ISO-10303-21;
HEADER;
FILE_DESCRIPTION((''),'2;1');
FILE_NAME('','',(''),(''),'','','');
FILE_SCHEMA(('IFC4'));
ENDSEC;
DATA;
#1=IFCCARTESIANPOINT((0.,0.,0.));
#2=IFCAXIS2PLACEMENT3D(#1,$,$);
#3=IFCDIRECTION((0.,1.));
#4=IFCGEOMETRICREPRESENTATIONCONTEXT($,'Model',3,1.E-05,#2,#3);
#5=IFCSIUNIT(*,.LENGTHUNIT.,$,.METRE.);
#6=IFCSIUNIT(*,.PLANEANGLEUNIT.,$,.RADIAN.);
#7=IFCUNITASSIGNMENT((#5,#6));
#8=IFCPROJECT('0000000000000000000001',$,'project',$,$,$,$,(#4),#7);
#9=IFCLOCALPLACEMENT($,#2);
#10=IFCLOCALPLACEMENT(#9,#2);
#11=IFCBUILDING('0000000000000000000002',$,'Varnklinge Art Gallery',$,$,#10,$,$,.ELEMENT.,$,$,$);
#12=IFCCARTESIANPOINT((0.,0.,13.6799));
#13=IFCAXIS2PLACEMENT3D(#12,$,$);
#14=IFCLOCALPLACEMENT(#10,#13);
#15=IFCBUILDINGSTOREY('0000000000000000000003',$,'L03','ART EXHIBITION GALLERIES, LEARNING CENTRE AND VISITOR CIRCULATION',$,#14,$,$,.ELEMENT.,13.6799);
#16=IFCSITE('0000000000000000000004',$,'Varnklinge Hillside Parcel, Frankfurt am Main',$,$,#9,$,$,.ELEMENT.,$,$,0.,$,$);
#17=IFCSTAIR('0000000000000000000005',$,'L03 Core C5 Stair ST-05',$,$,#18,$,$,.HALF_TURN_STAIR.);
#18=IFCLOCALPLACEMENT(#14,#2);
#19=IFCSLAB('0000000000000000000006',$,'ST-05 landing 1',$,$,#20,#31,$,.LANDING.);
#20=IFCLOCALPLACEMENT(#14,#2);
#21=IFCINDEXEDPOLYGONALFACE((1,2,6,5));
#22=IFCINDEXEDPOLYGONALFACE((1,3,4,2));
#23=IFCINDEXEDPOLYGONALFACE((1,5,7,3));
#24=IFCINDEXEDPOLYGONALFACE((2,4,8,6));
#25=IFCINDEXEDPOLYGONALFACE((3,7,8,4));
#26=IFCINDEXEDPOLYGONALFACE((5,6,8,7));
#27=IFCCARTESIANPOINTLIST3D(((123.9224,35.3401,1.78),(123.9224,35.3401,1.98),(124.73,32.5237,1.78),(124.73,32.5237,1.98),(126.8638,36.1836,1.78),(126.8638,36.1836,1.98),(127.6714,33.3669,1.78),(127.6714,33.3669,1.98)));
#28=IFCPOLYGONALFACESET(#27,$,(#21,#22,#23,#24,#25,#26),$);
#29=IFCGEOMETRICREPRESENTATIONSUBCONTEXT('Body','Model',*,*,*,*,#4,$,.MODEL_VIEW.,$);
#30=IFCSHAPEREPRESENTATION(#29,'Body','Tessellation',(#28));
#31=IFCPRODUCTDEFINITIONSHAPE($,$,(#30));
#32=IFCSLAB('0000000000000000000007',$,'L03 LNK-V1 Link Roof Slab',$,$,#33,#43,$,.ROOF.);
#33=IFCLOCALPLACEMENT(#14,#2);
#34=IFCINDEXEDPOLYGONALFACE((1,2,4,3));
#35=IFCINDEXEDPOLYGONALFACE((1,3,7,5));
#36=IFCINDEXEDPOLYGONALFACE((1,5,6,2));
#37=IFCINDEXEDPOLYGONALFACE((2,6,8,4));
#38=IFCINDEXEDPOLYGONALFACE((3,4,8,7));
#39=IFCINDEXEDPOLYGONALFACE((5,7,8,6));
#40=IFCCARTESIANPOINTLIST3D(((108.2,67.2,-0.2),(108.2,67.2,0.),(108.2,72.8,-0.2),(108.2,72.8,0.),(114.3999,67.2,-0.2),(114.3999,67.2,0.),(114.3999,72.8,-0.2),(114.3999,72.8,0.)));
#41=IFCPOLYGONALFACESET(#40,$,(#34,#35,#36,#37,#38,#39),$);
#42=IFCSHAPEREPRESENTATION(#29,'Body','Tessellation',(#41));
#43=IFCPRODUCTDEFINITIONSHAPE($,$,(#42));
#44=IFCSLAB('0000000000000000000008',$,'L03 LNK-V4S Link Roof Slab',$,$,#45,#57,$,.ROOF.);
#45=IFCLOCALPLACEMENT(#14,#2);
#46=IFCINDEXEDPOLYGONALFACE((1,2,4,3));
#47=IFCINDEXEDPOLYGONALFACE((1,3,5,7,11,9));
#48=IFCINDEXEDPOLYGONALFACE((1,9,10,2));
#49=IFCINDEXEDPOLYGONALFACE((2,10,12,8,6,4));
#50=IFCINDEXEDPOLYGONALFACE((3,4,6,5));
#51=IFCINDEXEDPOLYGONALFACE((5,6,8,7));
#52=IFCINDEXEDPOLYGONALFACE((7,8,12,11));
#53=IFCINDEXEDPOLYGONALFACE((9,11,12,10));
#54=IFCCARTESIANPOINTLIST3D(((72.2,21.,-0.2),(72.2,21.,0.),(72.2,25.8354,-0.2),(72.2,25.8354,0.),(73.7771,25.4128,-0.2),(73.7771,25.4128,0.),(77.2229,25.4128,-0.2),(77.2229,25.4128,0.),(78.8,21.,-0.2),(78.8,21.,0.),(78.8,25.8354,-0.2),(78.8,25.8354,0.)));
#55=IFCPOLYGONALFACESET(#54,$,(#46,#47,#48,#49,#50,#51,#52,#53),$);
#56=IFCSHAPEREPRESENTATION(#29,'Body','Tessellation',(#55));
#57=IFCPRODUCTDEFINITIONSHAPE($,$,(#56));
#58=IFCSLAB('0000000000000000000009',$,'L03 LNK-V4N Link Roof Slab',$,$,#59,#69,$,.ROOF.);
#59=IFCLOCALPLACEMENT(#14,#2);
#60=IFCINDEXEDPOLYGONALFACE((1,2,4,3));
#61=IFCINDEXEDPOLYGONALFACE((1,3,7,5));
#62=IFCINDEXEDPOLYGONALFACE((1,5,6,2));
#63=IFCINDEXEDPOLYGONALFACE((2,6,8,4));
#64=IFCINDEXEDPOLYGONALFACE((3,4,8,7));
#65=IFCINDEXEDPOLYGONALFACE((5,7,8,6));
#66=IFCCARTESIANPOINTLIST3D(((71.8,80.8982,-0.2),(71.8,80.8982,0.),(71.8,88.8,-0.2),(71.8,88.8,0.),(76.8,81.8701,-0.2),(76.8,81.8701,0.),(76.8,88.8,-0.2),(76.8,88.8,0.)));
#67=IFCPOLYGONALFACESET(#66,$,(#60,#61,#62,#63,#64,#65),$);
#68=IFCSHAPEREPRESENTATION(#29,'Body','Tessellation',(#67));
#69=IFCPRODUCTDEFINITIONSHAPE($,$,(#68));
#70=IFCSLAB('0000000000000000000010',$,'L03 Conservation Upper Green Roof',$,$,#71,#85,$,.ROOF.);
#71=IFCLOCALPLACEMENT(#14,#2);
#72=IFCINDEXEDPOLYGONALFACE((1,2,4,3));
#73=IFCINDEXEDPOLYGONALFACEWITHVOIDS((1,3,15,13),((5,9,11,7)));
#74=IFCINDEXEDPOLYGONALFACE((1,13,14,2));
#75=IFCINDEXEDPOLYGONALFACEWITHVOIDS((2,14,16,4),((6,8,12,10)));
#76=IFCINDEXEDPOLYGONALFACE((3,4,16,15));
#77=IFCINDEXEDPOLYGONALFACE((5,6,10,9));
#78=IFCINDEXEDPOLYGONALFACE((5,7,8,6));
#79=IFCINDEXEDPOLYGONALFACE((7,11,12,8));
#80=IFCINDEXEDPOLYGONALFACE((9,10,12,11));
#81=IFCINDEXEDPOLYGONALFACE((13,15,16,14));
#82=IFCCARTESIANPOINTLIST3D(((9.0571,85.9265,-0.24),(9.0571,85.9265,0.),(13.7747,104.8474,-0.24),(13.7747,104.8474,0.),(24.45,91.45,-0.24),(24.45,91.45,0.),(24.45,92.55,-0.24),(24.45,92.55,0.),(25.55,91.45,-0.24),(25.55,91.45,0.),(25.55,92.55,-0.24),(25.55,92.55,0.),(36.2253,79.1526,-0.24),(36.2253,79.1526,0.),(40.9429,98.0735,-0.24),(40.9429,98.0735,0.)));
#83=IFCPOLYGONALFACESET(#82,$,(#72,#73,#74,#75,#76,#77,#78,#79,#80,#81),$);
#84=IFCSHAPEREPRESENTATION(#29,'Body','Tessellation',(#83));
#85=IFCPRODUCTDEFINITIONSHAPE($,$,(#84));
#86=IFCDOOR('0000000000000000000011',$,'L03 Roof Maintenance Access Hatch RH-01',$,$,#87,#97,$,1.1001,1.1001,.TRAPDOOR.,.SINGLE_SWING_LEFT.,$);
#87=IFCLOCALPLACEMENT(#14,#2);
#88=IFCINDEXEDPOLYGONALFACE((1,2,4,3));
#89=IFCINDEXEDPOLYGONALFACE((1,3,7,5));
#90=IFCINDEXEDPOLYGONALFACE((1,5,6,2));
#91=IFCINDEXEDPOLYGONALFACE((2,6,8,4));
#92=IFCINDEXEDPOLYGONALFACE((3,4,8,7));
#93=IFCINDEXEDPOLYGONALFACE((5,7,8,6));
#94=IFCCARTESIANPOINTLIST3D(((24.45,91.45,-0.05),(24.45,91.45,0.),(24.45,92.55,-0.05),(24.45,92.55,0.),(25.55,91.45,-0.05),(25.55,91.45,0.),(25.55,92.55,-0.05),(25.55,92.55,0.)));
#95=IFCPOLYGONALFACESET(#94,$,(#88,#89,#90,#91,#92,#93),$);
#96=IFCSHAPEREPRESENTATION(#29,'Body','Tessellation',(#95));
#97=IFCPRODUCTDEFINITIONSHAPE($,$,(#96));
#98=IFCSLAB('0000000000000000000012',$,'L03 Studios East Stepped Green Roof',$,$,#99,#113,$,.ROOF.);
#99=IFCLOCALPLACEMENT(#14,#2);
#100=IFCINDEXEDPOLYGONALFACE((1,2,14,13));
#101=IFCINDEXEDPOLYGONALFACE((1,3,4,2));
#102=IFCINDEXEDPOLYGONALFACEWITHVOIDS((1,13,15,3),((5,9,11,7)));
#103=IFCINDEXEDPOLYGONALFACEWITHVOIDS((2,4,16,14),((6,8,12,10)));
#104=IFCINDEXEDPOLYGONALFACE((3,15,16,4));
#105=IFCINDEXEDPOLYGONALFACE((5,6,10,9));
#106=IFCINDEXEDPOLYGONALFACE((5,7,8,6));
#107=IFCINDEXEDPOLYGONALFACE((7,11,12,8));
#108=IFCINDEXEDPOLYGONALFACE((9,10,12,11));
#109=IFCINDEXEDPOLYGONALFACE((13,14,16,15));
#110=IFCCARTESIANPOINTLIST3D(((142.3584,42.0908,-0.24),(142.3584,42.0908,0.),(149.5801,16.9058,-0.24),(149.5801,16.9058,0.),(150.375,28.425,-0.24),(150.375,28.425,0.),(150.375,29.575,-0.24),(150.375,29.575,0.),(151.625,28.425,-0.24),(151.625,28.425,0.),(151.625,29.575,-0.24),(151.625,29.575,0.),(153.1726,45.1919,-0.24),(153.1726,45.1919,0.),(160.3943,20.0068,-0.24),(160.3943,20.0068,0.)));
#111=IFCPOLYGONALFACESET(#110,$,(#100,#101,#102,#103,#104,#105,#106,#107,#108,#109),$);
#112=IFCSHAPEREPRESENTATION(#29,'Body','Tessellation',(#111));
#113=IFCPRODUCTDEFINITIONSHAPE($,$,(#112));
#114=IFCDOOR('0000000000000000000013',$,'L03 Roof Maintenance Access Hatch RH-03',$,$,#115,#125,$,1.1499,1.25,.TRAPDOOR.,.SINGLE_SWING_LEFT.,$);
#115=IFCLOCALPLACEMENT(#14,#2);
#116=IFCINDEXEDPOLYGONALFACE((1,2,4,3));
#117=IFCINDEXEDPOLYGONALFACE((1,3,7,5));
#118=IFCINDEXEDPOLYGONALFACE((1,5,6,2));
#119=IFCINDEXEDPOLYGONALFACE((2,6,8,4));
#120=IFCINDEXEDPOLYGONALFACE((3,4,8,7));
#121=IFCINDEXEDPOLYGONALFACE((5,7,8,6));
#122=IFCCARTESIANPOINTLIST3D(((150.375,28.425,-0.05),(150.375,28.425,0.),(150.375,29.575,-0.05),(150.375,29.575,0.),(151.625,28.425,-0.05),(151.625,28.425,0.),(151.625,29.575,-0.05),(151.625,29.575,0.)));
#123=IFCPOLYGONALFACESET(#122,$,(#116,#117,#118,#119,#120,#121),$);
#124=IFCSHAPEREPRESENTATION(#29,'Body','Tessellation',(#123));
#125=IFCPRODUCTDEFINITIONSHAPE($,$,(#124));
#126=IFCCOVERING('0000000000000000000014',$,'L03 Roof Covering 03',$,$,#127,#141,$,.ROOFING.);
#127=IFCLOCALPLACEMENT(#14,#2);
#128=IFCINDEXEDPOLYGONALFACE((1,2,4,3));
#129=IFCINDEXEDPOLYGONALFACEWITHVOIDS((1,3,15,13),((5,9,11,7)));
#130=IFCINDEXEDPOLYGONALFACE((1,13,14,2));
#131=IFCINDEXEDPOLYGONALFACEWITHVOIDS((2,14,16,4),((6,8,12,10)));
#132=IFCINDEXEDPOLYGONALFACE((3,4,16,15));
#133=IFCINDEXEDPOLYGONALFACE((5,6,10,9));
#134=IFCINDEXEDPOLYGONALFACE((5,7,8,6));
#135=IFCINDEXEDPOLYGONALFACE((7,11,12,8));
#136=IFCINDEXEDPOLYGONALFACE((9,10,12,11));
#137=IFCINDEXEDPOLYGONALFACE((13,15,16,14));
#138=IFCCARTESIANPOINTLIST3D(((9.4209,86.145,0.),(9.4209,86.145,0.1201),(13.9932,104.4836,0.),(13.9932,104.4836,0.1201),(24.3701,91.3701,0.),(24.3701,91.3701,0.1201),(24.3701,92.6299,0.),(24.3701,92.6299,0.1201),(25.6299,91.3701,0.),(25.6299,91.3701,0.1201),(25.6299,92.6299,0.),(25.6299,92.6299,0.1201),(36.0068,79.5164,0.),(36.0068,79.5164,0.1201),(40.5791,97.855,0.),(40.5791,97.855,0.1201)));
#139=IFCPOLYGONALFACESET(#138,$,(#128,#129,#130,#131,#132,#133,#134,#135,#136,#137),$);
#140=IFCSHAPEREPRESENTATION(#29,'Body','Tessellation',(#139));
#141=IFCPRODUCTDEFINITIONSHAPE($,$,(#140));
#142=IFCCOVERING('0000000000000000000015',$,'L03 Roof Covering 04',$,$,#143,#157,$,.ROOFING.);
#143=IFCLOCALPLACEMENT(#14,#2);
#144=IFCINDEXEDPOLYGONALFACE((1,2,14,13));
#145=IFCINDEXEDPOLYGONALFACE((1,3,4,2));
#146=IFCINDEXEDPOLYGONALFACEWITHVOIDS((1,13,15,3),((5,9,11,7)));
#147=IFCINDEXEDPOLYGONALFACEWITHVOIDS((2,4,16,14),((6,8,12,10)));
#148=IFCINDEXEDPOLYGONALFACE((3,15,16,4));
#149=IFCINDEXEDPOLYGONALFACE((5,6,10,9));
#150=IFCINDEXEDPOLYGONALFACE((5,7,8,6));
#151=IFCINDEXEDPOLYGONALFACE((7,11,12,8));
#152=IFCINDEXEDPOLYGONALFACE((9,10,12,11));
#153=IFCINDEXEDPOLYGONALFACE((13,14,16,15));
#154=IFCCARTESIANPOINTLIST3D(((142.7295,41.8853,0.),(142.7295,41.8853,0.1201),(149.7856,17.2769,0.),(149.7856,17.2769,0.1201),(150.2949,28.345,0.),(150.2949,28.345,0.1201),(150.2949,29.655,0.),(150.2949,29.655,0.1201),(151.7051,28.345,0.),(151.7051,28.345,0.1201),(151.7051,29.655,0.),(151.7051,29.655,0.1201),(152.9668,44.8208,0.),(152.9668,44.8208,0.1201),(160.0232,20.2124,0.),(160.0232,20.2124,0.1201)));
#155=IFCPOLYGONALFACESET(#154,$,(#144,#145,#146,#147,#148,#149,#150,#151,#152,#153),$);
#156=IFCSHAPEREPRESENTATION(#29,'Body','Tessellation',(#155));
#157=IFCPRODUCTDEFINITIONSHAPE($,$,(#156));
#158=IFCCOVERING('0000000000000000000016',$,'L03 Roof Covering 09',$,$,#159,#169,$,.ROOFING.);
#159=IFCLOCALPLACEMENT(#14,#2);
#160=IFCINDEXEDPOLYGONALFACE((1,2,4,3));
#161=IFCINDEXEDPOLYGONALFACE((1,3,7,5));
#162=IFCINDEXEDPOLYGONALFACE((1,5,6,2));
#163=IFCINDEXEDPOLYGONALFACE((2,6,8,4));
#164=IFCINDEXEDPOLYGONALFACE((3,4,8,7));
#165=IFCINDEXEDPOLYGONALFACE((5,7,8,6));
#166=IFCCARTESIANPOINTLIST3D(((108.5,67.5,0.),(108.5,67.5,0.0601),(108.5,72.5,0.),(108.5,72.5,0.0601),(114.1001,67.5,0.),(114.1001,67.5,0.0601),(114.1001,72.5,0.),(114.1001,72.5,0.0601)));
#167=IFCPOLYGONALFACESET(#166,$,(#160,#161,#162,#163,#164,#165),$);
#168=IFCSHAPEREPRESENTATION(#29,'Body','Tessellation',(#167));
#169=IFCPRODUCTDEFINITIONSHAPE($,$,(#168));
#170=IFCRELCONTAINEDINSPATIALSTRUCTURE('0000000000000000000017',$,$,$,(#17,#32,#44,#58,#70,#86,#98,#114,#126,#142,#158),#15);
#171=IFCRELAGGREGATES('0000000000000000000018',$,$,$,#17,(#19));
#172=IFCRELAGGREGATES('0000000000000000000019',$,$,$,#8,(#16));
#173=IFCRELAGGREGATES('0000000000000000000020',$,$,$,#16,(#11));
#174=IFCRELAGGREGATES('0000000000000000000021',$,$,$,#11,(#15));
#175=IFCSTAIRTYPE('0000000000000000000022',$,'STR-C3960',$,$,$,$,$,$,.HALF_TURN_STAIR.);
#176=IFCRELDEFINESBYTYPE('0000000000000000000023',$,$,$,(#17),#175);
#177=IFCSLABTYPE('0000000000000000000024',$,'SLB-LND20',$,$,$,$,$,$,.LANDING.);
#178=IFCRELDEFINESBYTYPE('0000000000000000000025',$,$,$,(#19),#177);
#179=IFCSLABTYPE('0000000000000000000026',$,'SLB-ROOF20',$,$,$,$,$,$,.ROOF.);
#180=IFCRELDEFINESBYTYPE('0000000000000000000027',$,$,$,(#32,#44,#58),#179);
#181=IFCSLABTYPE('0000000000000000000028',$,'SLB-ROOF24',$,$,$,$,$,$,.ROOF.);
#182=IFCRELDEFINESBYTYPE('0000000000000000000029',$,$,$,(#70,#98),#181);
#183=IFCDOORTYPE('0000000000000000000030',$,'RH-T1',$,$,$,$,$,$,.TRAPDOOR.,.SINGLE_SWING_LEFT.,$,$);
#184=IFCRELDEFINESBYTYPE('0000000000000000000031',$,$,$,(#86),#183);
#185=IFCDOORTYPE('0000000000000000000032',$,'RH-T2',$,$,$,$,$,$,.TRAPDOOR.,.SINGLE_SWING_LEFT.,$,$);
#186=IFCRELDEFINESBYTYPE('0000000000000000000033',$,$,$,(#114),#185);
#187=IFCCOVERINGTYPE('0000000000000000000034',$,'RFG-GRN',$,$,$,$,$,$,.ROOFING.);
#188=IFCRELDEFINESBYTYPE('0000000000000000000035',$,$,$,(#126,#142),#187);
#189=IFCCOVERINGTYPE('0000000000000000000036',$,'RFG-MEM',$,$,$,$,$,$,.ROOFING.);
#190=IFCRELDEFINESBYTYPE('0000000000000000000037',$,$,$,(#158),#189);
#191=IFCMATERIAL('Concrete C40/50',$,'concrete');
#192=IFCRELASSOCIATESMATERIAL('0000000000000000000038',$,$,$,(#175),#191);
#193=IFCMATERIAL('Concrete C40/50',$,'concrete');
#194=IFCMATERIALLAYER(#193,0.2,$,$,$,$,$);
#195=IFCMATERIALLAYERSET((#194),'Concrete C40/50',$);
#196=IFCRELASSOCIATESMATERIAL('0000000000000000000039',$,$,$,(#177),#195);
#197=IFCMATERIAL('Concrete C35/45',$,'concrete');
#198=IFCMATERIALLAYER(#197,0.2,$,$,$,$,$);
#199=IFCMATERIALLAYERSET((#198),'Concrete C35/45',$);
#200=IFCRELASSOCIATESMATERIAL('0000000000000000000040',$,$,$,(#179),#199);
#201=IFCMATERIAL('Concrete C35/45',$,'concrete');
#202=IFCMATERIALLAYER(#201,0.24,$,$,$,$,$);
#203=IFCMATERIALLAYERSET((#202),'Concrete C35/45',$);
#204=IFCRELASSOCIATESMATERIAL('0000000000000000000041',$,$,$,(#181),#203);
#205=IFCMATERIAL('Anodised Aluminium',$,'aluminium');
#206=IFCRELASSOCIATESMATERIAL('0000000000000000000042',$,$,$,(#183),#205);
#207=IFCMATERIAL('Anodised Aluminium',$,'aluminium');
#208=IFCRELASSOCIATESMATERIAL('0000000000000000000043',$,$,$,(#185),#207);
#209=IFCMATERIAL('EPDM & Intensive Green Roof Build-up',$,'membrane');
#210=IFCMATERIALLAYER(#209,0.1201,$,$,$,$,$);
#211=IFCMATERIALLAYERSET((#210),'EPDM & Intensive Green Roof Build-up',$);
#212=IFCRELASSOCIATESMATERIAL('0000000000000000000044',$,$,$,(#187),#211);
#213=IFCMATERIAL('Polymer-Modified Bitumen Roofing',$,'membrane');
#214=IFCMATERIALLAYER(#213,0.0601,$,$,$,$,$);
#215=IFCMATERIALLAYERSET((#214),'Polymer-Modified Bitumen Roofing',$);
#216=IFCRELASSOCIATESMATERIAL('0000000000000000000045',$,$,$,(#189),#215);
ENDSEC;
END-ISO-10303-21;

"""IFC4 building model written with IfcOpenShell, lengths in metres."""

from ifc_helpers import new_model, si_unit, direction, frame, origin, origin_2d, place, context, subcontext, project, spatial, polyline, rectangle, outline, extrude, material, layer, layer_set, type_object, element, fill, aggregate, save


model = new_model("IFC4")

# Units and contexts
model_context = context("Model", 3, precision=1e-05, world=origin(), true_north=direction((0.0, 1.0)))
body_context = subcontext(model_context, "Body", "Model", "MODEL_VIEW")
ifc_project = project(units=[si_unit("LENGTHUNIT", "METRE"), si_unit("PLANEANGLEUNIT", "RADIAN")], contexts=[model_context])

# Site, building, storey
site_placement = place(None, origin())
site = spatial("IfcSite", under=ifc_project, at=site_placement, Name="Varnklinge Hillside Parcel, Frankfurt am Main", CompositionType="ELEMENT", RefElevation=0.0)
building_placement = place(site_placement, origin())
building = spatial("IfcBuilding", under=site, at=building_placement, Name="Varnklinge Art Gallery", CompositionType="ELEMENT")
storey_placement = place(building_placement, frame((0.0, 0.0, 13.6799)))
storey = spatial("IfcBuildingStorey", under=building, at=storey_placement, Name="L03", Description="ART EXHIBITION GALLERIES, LEARNING CENTRE AND VISITOR CIRCULATION", CompositionType="ELEMENT", Elevation=13.6799)

# Stair, slab
ifc_material_1 = material(Name="Concrete C40/50", Category="concrete")
stair_type = type_object("IfcStairType", Name="STR-C3960", PredefinedType="HALF_TURN_STAIR", material=ifc_material_1)
ifc_material_2 = material(Name="Concrete C40/50", Category="concrete")
ifc_layer_1 = layer(ifc_material_2, 0.2)
ifc_layer_set_1 = layer_set([ifc_layer_1], Name="Concrete C40/50")
slab_type_1 = type_object("IfcSlabType", Name="SLB-LND20", PredefinedType="LANDING", material=ifc_layer_set_1)
stair_1_placement = place(storey_placement, origin())
stair_1 = element("IfcStair", 1, at=stair_1_placement, inside=storey, type_object=stair_type, Name="L03 Core C5 Stair ST-05", PredefinedType="HALF_TURN_STAIR")
slab_1_placement = place(storey_placement, frame((0.0, 0.0, 1.78)))
slab_1 = element("IfcSlab", 2, at=slab_1_placement, type_object=slab_type_1, Name="ST-05 landing 1", PredefinedType="LANDING", context=body_context, shape_type="SweptSolid", body=[
    extrude(outline(polyline([(127.6714, 33.3669), (126.8638, 36.1836), (123.9224, 35.3401), (124.73, 32.5237), (127.6714, 33.3669)])), origin(), (0.0, 0.0, 1.0), 0.2),
])
aggregate(stair_1, [slab_1])

# Slabs
ifc_material_3 = material(Name="Concrete C35/45", Category="concrete")
ifc_layer_2 = layer(ifc_material_3, 0.2)
ifc_layer_set_2 = layer_set([ifc_layer_2], Name="Concrete C35/45")
slab_type_2 = type_object("IfcSlabType", Name="SLB-ROOF20", PredefinedType="ROOF", material=ifc_layer_set_2)
slab_2_placement = place(storey_placement, frame((0.0, 0.0, -0.2)))
element("IfcSlab", 3, at=slab_2_placement, inside=storey, type_object=slab_type_2, Name="L03 LNK-V1 Link Roof Slab", PredefinedType="ROOF", context=body_context, shape_type="SweptSolid", body=[
    extrude(outline(polyline([(114.3999, 72.8), (108.2, 72.8), (108.2, 67.2), (114.3999, 67.2), (114.3999, 72.8)])), origin(), (0.0, 0.0, 1.0), 0.2),
])
slab_3_placement = place(storey_placement, frame((0.0, 0.0, -0.2)))
element("IfcSlab", 4, at=slab_3_placement, inside=storey, type_object=slab_type_2, Name="L03 LNK-V4S Link Roof Slab", PredefinedType="ROOF", context=body_context, shape_type="SweptSolid", body=[
    extrude(outline(polyline([(78.8, 25.8354), (77.2229, 25.4128), (73.7771, 25.4128), (72.2, 25.8354), (72.2, 21.0), (78.8, 21.0), (78.8, 25.8354)])), origin(), (0.0, 0.0, 1.0), 0.2),
])
slab_4_placement = place(storey_placement, frame((0.0, 0.0, -0.2)))
element("IfcSlab", 5, at=slab_4_placement, inside=storey, type_object=slab_type_2, Name="L03 LNK-V4N Link Roof Slab", PredefinedType="ROOF", context=body_context, shape_type="SweptSolid", body=[
    extrude(outline(polyline([(71.8, 80.8982), (76.8, 81.8701), (76.8, 88.8), (71.8, 88.8), (71.8, 80.8982)])), origin(), (0.0, 0.0, 1.0), 0.2),
])

# Slabs, openings, doors
ifc_material_4 = material(Name="Concrete C35/45", Category="concrete")
ifc_layer_3 = layer(ifc_material_4, 0.24)
ifc_layer_set_3 = layer_set([ifc_layer_3], Name="Concrete C35/45")
slab_type_3 = type_object("IfcSlabType", Name="SLB-ROOF24", PredefinedType="ROOF", material=ifc_layer_set_3)
slab_5_placement = place(storey_placement, frame((0.0, 0.0, -0.24)))
slab_5 = element("IfcSlab", 6, at=slab_5_placement, inside=storey, type_object=slab_type_3, Name="L03 Conservation Upper Green Roof", PredefinedType="ROOF", context=body_context, shape_type="SweptSolid", body=[
    extrude(outline(polyline([(9.0571, 85.9265), (36.2253, 79.1526), (40.9429, 98.0735), (13.7747, 104.8474), (9.0571, 85.9265)]), holes=[polyline([(24.45, 91.45), (24.45, 92.55), (25.55, 92.55), (25.55, 91.45), (24.45, 91.45)])]), origin(), (0.0, 0.0, 1.0), 0.24),
])
opening_1_placement = place(slab_5_placement, frame((25.0, 92.0, 0.0)))
opening_1 = element("IfcOpeningElement", 7, at=opening_1_placement, cuts=slab_5, PredefinedType="OPENING", context=body_context, shape_type="SweptSolid", body=[
    extrude(rectangle(XDim=1.1001, YDim=1.1001, at=origin_2d()), origin(), (0.0, 0.0, 1.0), 0.24),
])
ifc_material_5 = material(Name="Anodised Aluminium", Category="aluminium")
door_type_1 = type_object("IfcDoorType", Name="RH-T1", OperationType="SINGLE_SWING_LEFT", PredefinedType="TRAPDOOR", material=ifc_material_5)
door_1_placement = place(opening_1_placement, frame((0.0, 0.0, 0.1899)))
door_1 = element("IfcDoor", 8, at=door_1_placement, inside=storey, type_object=door_type_1, Name="L03 Roof Maintenance Access Hatch RH-01", OperationType="SINGLE_SWING_LEFT", OverallHeight=1.1001, OverallWidth=1.1001, PredefinedType="TRAPDOOR", context=body_context, shape_type="SweptSolid", body=[
    extrude(rectangle(XDim=1.1001, YDim=1.1001, at=origin_2d()), origin(), (0.0, 0.0, 1.0), 0.05),
])
fill(opening_1, door_1)
slab_6_placement = place(storey_placement, frame((0.0, 0.0, -0.24)))
slab_6 = element("IfcSlab", 9, at=slab_6_placement, inside=storey, type_object=slab_type_3, Name="L03 Studios East Stepped Green Roof", PredefinedType="ROOF", context=body_context, shape_type="SweptSolid", body=[
    extrude(outline(polyline([(149.5801, 16.9058), (160.3943, 20.0068), (153.1726, 45.1919), (142.3584, 42.0908), (149.5801, 16.9058)]), holes=[polyline([(150.375, 28.425), (150.375, 29.575), (151.625, 29.575), (151.625, 28.425), (150.375, 28.425)])]), origin(), (0.0, 0.0, 1.0), 0.24),
])
opening_2_placement = place(slab_6_placement, frame((151.0, 29.0, 0.0)))
opening_2 = element("IfcOpeningElement", 10, at=opening_2_placement, cuts=slab_6, PredefinedType="OPENING", context=body_context, shape_type="SweptSolid", body=[
    extrude(rectangle(XDim=1.25, YDim=1.1499, at=origin_2d()), origin(), (0.0, 0.0, 1.0), 0.24),
])
ifc_material_6 = material(Name="Anodised Aluminium", Category="aluminium")
door_type_2 = type_object("IfcDoorType", Name="RH-T2", OperationType="SINGLE_SWING_LEFT", PredefinedType="TRAPDOOR", material=ifc_material_6)
door_2_placement = place(opening_2_placement, frame((0.0, 0.0, 0.1899)))
door_2 = element("IfcDoor", 11, at=door_2_placement, inside=storey, type_object=door_type_2, Name="L03 Roof Maintenance Access Hatch RH-03", OperationType="SINGLE_SWING_LEFT", OverallHeight=1.1499, OverallWidth=1.25, PredefinedType="TRAPDOOR", context=body_context, shape_type="SweptSolid", body=[
    extrude(rectangle(XDim=1.25, YDim=1.1499, at=origin_2d()), origin(), (0.0, 0.0, 1.0), 0.05),
])
fill(opening_2, door_2)

# Coverings
ifc_material_7 = material(Name="EPDM & Intensive Green Roof Build-up", Category="membrane")
ifc_layer_4 = layer(ifc_material_7, 0.1201)
ifc_layer_set_4 = layer_set([ifc_layer_4], Name="EPDM & Intensive Green Roof Build-up")
covering_type_1 = type_object("IfcCoveringType", Name="RFG-GRN", PredefinedType="ROOFING", material=ifc_layer_set_4)
covering_1_placement = place(storey_placement, origin())
element("IfcCovering", 12, at=covering_1_placement, inside=storey, type_object=covering_type_1, Name="L03 Roof Covering 03", PredefinedType="ROOFING", context=body_context, shape_type="SweptSolid", body=[
    extrude(outline(polyline([(36.0068, 79.5164), (40.5791, 97.855), (13.9932, 104.4836), (9.4209, 86.145), (36.0068, 79.5164)]), holes=[polyline([(25.6299, 91.3701), (25.6299, 92.6299), (24.3701, 92.6299), (24.3701, 91.3701), (25.6299, 91.3701)])]), origin(), (0.0, 0.0, 1.0), 0.1201),
])
covering_2_placement = place(storey_placement, origin())
element("IfcCovering", 13, at=covering_2_placement, inside=storey, type_object=covering_type_1, Name="L03 Roof Covering 04", PredefinedType="ROOFING", context=body_context, shape_type="SweptSolid", body=[
    extrude(outline(polyline([(160.0232, 20.2124), (152.9668, 44.8208), (142.7295, 41.8853), (149.7856, 17.2769), (160.0232, 20.2124)]), holes=[polyline([(151.7051, 28.345), (151.7051, 29.655), (150.2949, 29.655), (150.2949, 28.345), (151.7051, 28.345)])]), origin(), (0.0, 0.0, 1.0), 0.1201),
])
ifc_material_8 = material(Name="Polymer-Modified Bitumen Roofing", Category="membrane")
ifc_layer_5 = layer(ifc_material_8, 0.0601)
ifc_layer_set_5 = layer_set([ifc_layer_5], Name="Polymer-Modified Bitumen Roofing")
covering_type_2 = type_object("IfcCoveringType", Name="RFG-MEM", PredefinedType="ROOFING", material=ifc_layer_set_5)
covering_3_placement = place(storey_placement, origin())
element("IfcCovering", 14, at=covering_3_placement, inside=storey, type_object=covering_type_2, Name="L03 Roof Covering 09", PredefinedType="ROOFING", context=body_context, shape_type="SweptSolid", body=[
    extrude(outline(polyline([(108.5, 72.5), (108.5, 67.5), (114.1001, 67.5), (114.1001, 72.5), (108.5, 72.5)])), origin(), (0.0, 0.0, 1.0), 0.0601),
])

save(model, "model.ifc")
